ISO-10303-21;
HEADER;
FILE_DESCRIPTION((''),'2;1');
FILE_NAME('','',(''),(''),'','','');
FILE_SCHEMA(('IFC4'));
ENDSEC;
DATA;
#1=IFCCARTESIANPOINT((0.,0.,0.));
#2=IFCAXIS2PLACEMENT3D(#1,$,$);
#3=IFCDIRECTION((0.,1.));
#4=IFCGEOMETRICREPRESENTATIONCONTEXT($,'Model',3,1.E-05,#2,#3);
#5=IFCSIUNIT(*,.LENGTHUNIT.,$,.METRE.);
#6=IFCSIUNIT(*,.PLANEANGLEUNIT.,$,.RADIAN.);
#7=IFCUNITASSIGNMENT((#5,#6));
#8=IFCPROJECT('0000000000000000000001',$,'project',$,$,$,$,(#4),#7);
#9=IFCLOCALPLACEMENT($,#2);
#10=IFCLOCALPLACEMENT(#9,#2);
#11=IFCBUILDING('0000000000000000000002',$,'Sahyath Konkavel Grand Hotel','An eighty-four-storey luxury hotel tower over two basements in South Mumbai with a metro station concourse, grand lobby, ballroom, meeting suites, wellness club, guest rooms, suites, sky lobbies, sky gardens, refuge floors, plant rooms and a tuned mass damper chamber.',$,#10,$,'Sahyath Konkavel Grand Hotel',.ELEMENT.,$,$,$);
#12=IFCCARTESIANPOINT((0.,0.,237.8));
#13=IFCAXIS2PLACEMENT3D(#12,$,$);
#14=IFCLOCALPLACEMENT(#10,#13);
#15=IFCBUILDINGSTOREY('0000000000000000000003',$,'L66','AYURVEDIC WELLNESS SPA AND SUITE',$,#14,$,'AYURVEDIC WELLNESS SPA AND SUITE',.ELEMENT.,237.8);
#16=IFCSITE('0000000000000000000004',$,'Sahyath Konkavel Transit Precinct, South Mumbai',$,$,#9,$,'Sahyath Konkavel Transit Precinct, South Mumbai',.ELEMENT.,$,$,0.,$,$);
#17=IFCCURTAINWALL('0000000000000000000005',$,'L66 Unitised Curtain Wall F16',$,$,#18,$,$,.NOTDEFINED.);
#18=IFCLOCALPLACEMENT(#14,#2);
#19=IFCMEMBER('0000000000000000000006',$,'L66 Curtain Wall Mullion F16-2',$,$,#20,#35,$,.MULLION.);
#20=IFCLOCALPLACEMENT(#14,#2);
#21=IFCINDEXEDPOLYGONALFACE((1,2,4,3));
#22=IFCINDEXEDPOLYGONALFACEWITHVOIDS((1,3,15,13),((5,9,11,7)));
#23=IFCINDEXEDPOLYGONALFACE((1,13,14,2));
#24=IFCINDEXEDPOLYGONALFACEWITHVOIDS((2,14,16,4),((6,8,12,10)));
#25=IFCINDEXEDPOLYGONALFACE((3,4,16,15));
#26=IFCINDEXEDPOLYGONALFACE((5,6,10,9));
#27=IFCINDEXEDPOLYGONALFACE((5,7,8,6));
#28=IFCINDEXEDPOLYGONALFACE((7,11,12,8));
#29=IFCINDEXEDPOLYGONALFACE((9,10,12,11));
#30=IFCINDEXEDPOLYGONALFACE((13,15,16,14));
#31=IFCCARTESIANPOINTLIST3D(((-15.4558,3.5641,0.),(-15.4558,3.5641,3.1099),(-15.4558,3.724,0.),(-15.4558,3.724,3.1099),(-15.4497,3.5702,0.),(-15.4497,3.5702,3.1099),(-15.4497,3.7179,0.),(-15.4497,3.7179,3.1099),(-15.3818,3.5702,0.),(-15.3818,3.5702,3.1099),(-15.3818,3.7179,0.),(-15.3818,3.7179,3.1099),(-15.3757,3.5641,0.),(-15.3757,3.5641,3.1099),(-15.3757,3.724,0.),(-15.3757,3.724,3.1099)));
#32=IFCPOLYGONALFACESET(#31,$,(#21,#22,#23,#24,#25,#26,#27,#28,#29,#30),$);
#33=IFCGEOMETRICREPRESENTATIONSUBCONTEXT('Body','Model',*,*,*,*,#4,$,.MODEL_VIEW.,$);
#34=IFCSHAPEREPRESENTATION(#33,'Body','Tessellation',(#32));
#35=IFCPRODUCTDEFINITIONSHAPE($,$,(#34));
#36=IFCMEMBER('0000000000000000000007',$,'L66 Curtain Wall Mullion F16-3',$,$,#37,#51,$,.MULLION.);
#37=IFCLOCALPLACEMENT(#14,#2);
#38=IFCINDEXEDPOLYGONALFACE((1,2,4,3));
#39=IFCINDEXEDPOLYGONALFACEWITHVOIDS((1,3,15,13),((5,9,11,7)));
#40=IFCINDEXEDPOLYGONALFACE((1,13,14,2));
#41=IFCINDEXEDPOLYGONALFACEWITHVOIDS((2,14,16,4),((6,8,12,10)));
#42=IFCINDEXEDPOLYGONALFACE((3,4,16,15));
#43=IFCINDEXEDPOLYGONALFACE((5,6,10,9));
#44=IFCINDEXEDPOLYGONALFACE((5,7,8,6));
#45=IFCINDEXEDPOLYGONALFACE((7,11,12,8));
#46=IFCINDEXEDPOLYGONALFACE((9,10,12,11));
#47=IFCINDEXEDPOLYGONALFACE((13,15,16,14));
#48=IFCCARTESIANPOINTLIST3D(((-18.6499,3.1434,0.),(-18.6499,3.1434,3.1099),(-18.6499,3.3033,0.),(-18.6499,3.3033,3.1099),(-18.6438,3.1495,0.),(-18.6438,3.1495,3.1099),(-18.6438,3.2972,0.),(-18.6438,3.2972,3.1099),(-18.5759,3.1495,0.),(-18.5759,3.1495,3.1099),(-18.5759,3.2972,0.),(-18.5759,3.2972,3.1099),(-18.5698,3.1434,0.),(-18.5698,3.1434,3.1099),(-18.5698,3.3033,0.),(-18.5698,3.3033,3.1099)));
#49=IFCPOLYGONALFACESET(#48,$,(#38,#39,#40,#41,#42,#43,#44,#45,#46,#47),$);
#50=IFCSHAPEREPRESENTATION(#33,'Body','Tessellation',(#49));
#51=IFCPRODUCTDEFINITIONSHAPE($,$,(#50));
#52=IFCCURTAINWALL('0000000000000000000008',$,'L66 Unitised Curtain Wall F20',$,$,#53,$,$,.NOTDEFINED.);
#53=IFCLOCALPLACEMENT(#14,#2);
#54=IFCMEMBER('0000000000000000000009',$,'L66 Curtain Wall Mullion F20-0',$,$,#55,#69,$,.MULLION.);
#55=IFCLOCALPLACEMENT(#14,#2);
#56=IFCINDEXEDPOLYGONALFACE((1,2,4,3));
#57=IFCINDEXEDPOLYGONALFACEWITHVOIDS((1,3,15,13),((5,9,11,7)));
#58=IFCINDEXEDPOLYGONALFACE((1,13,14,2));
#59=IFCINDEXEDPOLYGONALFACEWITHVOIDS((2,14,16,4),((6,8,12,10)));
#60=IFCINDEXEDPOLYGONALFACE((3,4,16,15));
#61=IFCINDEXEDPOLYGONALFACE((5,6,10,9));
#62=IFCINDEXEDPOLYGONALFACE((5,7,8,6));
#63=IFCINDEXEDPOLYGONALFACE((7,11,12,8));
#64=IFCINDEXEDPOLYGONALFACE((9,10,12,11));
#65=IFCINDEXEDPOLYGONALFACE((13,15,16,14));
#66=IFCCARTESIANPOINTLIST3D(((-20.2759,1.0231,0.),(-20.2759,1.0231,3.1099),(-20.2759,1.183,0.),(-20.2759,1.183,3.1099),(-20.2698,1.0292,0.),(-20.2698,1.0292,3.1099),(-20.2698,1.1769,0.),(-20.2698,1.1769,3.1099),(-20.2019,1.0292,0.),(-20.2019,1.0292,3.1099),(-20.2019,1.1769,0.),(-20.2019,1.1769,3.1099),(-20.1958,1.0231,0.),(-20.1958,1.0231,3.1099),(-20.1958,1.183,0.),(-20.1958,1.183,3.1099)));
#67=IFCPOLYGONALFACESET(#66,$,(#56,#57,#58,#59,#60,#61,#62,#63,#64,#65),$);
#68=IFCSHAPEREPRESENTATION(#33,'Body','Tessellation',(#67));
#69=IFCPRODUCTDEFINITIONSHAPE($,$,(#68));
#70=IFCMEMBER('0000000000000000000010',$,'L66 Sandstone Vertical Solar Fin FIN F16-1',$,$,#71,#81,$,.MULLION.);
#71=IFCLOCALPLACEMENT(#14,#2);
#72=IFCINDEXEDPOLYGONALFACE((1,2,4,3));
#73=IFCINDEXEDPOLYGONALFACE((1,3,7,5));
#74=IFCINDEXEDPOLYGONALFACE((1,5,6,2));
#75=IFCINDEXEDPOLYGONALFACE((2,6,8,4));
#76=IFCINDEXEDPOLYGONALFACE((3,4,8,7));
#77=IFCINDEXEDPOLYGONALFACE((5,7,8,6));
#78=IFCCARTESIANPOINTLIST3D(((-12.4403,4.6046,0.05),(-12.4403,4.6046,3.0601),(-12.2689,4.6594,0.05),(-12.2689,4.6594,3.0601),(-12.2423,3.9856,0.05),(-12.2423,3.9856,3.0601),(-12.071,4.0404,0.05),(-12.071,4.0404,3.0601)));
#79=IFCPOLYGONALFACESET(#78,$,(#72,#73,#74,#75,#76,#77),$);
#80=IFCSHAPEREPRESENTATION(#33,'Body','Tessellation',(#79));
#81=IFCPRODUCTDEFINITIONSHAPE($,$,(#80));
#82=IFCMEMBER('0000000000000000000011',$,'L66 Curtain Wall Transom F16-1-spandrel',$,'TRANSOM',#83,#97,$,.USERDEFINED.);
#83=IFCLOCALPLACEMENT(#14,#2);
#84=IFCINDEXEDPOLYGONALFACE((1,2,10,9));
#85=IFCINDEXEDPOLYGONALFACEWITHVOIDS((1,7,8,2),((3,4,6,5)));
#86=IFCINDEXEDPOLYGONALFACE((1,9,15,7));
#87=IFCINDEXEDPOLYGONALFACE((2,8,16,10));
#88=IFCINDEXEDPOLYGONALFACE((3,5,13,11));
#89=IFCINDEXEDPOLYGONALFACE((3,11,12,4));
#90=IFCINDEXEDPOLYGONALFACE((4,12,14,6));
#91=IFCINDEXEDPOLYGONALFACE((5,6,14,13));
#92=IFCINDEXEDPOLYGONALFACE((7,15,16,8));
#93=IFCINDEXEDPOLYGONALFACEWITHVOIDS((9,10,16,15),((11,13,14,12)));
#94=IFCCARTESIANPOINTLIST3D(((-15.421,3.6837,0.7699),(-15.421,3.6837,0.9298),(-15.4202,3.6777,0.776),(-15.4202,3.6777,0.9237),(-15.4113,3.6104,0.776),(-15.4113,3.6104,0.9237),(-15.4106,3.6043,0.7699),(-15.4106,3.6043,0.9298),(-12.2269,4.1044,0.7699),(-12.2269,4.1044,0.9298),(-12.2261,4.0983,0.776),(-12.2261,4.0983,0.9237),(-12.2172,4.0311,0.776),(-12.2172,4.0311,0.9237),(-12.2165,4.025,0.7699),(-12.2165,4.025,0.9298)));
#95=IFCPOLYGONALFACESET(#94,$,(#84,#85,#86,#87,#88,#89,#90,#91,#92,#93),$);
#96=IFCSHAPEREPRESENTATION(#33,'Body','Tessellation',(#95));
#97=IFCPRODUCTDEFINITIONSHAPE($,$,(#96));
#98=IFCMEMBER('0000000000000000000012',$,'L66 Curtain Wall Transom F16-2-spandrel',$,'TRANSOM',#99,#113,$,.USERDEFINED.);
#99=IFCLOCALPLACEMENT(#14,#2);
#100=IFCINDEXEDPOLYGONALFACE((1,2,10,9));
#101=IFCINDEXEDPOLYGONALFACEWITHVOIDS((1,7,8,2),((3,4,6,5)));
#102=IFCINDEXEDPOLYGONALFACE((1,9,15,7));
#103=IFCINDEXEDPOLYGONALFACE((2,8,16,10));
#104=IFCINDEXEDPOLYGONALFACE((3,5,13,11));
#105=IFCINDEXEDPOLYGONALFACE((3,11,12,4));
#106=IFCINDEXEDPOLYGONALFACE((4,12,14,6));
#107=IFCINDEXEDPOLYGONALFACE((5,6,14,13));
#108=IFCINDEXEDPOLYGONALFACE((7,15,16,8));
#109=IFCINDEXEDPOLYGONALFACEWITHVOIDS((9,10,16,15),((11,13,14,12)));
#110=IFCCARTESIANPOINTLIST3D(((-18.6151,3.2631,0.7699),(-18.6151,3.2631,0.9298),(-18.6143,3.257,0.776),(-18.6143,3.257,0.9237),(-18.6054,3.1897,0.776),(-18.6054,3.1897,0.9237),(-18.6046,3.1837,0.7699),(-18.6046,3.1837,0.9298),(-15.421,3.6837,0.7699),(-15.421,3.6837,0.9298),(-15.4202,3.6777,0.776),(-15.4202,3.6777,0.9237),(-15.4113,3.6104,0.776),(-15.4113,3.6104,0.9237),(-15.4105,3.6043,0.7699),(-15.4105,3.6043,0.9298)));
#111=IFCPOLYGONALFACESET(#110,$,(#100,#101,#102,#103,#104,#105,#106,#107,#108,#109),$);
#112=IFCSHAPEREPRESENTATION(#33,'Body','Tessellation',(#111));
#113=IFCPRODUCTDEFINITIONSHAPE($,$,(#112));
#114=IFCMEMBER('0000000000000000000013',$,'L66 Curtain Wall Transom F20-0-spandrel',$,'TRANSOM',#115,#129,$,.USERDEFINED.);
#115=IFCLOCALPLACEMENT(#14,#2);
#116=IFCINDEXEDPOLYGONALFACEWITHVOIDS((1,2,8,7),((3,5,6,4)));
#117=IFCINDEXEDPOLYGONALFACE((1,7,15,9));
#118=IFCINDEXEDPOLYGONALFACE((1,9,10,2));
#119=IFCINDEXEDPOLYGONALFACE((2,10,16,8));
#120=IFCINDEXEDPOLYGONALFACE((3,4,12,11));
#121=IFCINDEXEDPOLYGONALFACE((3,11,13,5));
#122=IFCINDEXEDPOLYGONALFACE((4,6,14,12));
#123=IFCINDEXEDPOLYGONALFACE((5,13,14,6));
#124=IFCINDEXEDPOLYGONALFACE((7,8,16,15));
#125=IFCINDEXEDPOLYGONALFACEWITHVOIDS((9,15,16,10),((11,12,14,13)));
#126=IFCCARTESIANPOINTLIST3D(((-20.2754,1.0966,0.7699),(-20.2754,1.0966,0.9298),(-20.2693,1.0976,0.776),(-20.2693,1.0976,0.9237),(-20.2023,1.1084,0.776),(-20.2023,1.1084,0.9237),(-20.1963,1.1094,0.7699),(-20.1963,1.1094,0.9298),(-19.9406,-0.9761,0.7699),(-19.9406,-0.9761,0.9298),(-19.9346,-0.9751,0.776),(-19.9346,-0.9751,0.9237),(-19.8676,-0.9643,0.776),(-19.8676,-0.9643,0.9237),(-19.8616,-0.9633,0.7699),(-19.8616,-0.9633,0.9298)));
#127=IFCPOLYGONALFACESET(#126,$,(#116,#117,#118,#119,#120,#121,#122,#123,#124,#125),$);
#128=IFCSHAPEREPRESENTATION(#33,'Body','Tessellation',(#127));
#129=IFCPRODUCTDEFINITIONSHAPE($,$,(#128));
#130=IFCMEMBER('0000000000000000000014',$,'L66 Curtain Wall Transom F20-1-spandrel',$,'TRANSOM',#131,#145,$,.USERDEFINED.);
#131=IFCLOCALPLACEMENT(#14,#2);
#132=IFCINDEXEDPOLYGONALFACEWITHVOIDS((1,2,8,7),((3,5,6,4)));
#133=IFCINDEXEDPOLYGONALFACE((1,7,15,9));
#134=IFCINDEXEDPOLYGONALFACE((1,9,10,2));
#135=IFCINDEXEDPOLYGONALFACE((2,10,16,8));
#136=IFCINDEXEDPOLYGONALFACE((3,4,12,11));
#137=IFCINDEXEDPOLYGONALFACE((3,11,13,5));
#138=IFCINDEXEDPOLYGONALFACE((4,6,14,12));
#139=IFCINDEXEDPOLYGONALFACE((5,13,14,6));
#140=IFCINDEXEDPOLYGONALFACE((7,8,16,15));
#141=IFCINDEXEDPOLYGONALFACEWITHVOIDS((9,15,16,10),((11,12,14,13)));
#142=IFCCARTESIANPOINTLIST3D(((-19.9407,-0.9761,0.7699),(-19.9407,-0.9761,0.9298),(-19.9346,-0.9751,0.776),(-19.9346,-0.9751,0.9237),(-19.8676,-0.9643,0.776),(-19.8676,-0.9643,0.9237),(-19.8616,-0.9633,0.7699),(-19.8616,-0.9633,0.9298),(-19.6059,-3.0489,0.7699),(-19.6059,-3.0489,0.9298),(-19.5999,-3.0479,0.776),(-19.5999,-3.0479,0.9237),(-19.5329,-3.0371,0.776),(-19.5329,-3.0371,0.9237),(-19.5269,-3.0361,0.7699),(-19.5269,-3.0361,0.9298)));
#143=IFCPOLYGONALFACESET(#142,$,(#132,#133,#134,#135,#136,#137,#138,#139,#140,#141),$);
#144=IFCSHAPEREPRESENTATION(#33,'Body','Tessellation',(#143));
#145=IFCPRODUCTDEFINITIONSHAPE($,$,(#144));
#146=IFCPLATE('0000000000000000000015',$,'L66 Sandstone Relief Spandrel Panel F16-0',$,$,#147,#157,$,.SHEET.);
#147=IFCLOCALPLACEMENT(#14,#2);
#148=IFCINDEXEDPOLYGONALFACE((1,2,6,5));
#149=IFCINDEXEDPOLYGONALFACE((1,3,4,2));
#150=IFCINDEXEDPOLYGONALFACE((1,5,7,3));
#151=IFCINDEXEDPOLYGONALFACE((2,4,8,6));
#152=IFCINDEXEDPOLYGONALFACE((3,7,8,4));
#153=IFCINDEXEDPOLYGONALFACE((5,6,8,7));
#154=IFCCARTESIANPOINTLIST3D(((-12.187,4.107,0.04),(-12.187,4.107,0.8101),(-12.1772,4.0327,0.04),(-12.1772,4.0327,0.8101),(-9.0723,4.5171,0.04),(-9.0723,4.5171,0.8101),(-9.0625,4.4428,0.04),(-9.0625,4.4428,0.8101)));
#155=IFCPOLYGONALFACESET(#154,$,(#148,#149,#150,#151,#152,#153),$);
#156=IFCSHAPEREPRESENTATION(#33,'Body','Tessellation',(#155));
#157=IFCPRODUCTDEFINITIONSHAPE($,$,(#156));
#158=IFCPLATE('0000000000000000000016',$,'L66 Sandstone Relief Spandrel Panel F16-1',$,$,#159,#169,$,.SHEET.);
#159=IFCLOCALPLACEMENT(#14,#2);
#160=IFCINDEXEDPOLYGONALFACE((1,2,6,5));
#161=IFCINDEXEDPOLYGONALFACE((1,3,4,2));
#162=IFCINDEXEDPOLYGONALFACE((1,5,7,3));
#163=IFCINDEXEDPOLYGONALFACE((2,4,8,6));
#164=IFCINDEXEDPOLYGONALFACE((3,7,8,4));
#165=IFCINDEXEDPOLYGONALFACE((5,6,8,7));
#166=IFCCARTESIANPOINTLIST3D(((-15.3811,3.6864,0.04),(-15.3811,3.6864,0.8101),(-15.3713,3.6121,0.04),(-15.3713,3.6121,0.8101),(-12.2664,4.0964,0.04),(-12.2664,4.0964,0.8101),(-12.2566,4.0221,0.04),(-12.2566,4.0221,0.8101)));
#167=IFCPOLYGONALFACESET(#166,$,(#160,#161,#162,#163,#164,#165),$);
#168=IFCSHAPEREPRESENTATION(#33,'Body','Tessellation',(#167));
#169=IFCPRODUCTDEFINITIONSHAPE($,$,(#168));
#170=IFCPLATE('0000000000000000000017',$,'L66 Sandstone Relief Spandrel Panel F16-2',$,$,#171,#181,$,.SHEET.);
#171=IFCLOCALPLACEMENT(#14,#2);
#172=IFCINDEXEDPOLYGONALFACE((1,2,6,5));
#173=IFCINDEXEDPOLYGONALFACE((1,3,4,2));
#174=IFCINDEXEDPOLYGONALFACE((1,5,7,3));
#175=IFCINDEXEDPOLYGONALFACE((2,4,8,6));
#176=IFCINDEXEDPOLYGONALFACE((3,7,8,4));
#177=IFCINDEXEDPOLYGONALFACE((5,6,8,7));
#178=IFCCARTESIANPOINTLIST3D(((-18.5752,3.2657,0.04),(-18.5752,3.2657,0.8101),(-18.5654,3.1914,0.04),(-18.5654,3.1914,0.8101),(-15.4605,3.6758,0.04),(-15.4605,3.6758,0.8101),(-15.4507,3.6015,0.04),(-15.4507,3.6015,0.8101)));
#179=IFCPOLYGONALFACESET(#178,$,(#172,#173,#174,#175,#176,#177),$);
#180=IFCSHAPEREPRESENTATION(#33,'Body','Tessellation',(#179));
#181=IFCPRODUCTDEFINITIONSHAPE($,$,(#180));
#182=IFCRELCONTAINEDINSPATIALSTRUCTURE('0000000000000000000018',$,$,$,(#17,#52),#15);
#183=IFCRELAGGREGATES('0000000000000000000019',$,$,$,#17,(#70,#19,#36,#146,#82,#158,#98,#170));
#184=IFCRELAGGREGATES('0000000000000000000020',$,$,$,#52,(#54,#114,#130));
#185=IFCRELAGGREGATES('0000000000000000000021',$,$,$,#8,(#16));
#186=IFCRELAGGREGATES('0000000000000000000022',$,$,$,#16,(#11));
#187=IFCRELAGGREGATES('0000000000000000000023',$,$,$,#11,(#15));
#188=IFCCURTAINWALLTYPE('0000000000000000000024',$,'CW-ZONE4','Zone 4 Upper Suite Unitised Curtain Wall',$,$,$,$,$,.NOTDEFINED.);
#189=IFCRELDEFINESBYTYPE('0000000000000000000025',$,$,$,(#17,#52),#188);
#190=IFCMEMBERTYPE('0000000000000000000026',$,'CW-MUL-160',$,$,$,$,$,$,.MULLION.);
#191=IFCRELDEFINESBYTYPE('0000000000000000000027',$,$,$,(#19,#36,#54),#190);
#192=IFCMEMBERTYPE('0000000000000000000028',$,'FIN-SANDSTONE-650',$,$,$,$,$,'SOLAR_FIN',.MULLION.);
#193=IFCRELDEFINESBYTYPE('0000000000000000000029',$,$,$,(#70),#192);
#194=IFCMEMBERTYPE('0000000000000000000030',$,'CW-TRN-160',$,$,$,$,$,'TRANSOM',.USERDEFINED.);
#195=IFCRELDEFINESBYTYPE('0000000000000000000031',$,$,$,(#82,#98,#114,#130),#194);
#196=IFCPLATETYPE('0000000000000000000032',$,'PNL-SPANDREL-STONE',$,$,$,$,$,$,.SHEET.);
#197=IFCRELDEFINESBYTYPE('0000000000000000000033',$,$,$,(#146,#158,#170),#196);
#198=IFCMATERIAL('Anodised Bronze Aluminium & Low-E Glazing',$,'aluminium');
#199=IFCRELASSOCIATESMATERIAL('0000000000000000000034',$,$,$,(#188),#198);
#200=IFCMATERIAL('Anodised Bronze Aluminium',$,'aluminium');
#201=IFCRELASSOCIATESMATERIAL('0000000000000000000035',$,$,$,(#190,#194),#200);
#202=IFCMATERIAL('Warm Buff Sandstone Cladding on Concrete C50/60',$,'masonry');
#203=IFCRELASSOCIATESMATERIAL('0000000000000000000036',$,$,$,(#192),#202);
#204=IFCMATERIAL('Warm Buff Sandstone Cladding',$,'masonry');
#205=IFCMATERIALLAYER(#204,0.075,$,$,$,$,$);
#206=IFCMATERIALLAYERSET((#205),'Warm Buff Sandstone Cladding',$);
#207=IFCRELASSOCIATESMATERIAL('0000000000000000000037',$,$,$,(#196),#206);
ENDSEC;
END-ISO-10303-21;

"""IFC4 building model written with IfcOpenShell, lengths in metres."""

from ifc_helpers import new_model, si_unit, direction, frame, origin, origin_2d, place, context, subcontext, project, spatial, rectangle, hollow_rectangle, extrude, source, transform, mapped, material, layer, layer_set, material_profile, profile_set, type_object, element, aggregate, save


model = new_model("IFC4")

# Units and contexts
model_context = context("Model", 3, precision=1e-05, world=origin(), true_north=direction((0.0, 1.0)))
body_context = subcontext(model_context, "Body", "Model", "MODEL_VIEW")
ifc_project = project(units=[si_unit("LENGTHUNIT", "METRE"), si_unit("PLANEANGLEUNIT", "RADIAN")], contexts=[model_context])

# Site, building, storey
site_placement = place(None, origin())
site = spatial("IfcSite", under=ifc_project, at=site_placement, Name="Sahyath Konkavel Transit Precinct, South Mumbai", LongName="Sahyath Konkavel Transit Precinct, South Mumbai", CompositionType="ELEMENT", RefElevation=0.0)
building_placement = place(site_placement, origin())
building = spatial("IfcBuilding", under=site, at=building_placement, Name="Sahyath Konkavel Grand Hotel", Description="An eighty-four-storey luxury hotel tower over two basements in South Mumbai with a metro station concourse, grand lobby, ballroom, meeting suites, wellness club, guest rooms, suites, sky lobbies, sky gardens, refuge floors, plant rooms and a tuned mass damper chamber.", LongName="Sahyath Konkavel Grand Hotel", CompositionType="ELEMENT")
storey_placement = place(building_placement, frame((0.0, 0.0, 237.8)))
storey = spatial("IfcBuildingStorey", under=building, at=storey_placement, Name="L66", Description="AYURVEDIC WELLNESS SPA AND SUITE", LongName="AYURVEDIC WELLNESS SPA AND SUITE", CompositionType="ELEMENT", Elevation=237.8)

# Curtain wall, members
ifc_material_1 = material(Name="Anodised Bronze Aluminium & Low-E Glazing", Category="aluminium")
curtain_wall_type = type_object("IfcCurtainWallType", Name="CW-ZONE4", Description="Zone 4 Upper Suite Unitised Curtain Wall", PredefinedType="NOTDEFINED", material=ifc_material_1)
curtain_wall_1_placement = place(storey_placement, origin())
curtain_wall_1 = element("IfcCurtainWall", 1, at=curtain_wall_1_placement, inside=storey, type_object=curtain_wall_type, Name="L66 Unitised Curtain Wall F16", PredefinedType="NOTDEFINED")
ifc_material_2 = material(Name="Anodised Bronze Aluminium", Category="aluminium")
ifc_material_profile_1 = material_profile(ifc_material_2, hollow_rectangle(XDim=0.0801, YDim=0.1599, WallThickness=0.0061, at=origin_2d()), Name="RHS 160x80x6")
ifc_profile_set_1 = profile_set([ifc_material_profile_1], Name="Anodised Bronze Aluminium")
member_type_1 = type_object("IfcMemberType", Name="CW-MUL-160", PredefinedType="MULLION", material=ifc_profile_set_1)
shared_shape_1 = source(origin(), body_context, "Body", "SweptSolid", [
    extrude(hollow_rectangle(XDim=0.0801, YDim=0.1599, WallThickness=0.0061, at=origin_2d()), origin(), (0.0, 0.0, 1.0), 3.1099),
])
member_1_placement = place(storey_placement, frame((-15.4158, 3.644, 0.0), z_axis=(0.0, 0.0, 1.0), x_axis=(1.0, 0.0, 0.0)))
member_1 = element("IfcMember", 2, at=member_1_placement, type_object=member_type_1, Name="L66 Curtain Wall Mullion F16-2", PredefinedType="MULLION", context=body_context, shape_type="MappedRepresentation", body=[
    mapped(shared_shape_1, transform((0.0, 0.0, 0.0), scale=1.0)),
])
member_2_placement = place(storey_placement, frame((-18.6099, 3.2234, 0.0), z_axis=(0.0, 0.0, 1.0), x_axis=(1.0, 0.0, 0.0)))
member_2 = element("IfcMember", 3, at=member_2_placement, type_object=member_type_1, Name="L66 Curtain Wall Mullion F16-3", PredefinedType="MULLION", context=body_context, shape_type="MappedRepresentation", body=[
    mapped(shared_shape_1, transform((0.0, 0.0, 0.0), scale=1.0)),
])

# Curtain wall, member
curtain_wall_2_placement = place(storey_placement, origin())
curtain_wall_2 = element("IfcCurtainWall", 4, at=curtain_wall_2_placement, inside=storey, type_object=curtain_wall_type, Name="L66 Unitised Curtain Wall F20", PredefinedType="NOTDEFINED")
member_3_placement = place(storey_placement, frame((-20.2358, 1.103, 0.0), z_axis=(0.0, 0.0, 1.0), x_axis=(1.0, 0.0, 0.0)))
member_3 = element("IfcMember", 5, at=member_3_placement, type_object=member_type_1, Name="L66 Curtain Wall Mullion F20-0", PredefinedType="MULLION", context=body_context, shape_type="MappedRepresentation", body=[
    mapped(shared_shape_1, transform((0.0, 0.0, 0.0), scale=1.0)),
])

# Members
ifc_material_3 = material(Name="Warm Buff Sandstone Cladding on Concrete C50/60", Category="masonry")
ifc_material_profile_2 = material_profile(ifc_material_3, rectangle(XDim=0.1799, YDim=0.6499, at=origin_2d()), Name="FIN 180x650")
ifc_profile_set_2 = profile_set([ifc_material_profile_2], Name="Warm Buff Sandstone Cladding on Concrete C50/60")
member_type_2 = type_object("IfcMemberType", Name="FIN-SANDSTONE-650", ElementType="SOLAR_FIN", PredefinedType="MULLION", material=ifc_profile_set_2)
shared_shape_2 = source(origin(), body_context, "Body", "SweptSolid", [
    extrude(rectangle(XDim=0.1799, YDim=0.6499, at=origin_2d()), origin(), (0.0, 0.0, 1.0), 3.01),
])
member_4_placement = place(storey_placement, frame((-12.2556, 4.3225, 0.05), z_axis=(0.0, 0.0, 1.0), x_axis=(0.952502, 0.304532, 0.0)))
member_4 = element("IfcMember", 6, at=member_4_placement, type_object=member_type_2, Name="L66 Sandstone Vertical Solar Fin FIN F16-1", PredefinedType="MULLION", context=body_context, shape_type="MappedRepresentation", body=[
    mapped(shared_shape_2, transform((0.0, 0.0, 0.0), scale=1.0)),
])
ifc_material_profile_3 = material_profile(ifc_material_2, hollow_rectangle(XDim=0.0801, YDim=0.1599, WallThickness=0.0061, at=origin_2d()), Name="RHS 160x80x6")
ifc_profile_set_3 = profile_set([ifc_material_profile_3], Name="Anodised Bronze Aluminium")
member_type_3 = type_object("IfcMemberType", Name="CW-TRN-160", ElementType="TRANSOM", PredefinedType="USERDEFINED", material=ifc_profile_set_3)
shared_shape_3 = source(origin(), body_context, "Body", "SweptSolid", [
    extrude(hollow_rectangle(XDim=0.0801, YDim=0.1599, WallThickness=0.0061, at=origin_2d()), origin(), (0.0, 0.0, 1.0), 3.2217),
])
member_5_placement = place(storey_placement, frame((-12.2217, 4.0647, 0.8499), z_axis=(-0.991439, -0.13057, 0.0), x_axis=(0.13057, -0.991439, 0.0)))
member_5 = element("IfcMember", 7, at=member_5_placement, type_object=member_type_3, Name="L66 Curtain Wall Transom F16-1-spandrel", ObjectType="TRANSOM", PredefinedType="USERDEFINED", context=body_context, shape_type="MappedRepresentation", body=[
    mapped(shared_shape_3, transform((0.0, 0.0, 0.0), scale=1.0)),
])
member_6_placement = place(storey_placement, frame((-15.4158, 3.644, 0.8499), z_axis=(-0.991439, -0.13057, 0.0), x_axis=(0.13057, -0.991439, 0.0)))
member_6 = element("IfcMember", 8, at=member_6_placement, type_object=member_type_3, Name="L66 Curtain Wall Transom F16-2-spandrel", ObjectType="TRANSOM", PredefinedType="USERDEFINED", context=body_context, shape_type="MappedRepresentation", body=[
    mapped(shared_shape_3, transform((0.0, 0.0, 0.0), scale=1.0)),
])
shared_shape_4 = source(origin(), body_context, "Body", "SweptSolid", [
    extrude(hollow_rectangle(XDim=0.0801, YDim=0.1599, WallThickness=0.0061, at=origin_2d()), origin(), (0.0, 0.0, 1.0), 2.0996),
])
member_7_placement = place(storey_placement, frame((-20.2358, 1.103, 0.8499), z_axis=(0.159419, -0.987211, 0.0), x_axis=(0.987211, 0.159419, 0.0)))
member_7 = element("IfcMember", 9, at=member_7_placement, type_object=member_type_3, Name="L66 Curtain Wall Transom F20-0-spandrel", ObjectType="TRANSOM", PredefinedType="USERDEFINED", context=body_context, shape_type="MappedRepresentation", body=[
    mapped(shared_shape_4, transform((0.0, 0.0, 0.0), scale=1.0)),
])
member_8_placement = place(storey_placement, frame((-19.9011, -0.9697, 0.8499), z_axis=(0.159419, -0.987211, 0.0), x_axis=(0.987211, 0.159419, 0.0)))
member_8 = element("IfcMember", 10, at=member_8_placement, type_object=member_type_3, Name="L66 Curtain Wall Transom F20-1-spandrel", ObjectType="TRANSOM", PredefinedType="USERDEFINED", context=body_context, shape_type="MappedRepresentation", body=[
    mapped(shared_shape_4, transform((0.0, 0.0, 0.0), scale=1.0)),
])

# Plates
ifc_material_4 = material(Name="Warm Buff Sandstone Cladding", Category="masonry")
ifc_layer_1 = layer(ifc_material_4, 0.075)
ifc_layer_set_1 = layer_set([ifc_layer_1], Name="Warm Buff Sandstone Cladding")
plate_type_1 = type_object("IfcPlateType", Name="PNL-SPANDREL-STONE", PredefinedType="SHEET", material=ifc_layer_set_1)
shared_shape_5 = source(origin(), body_context, "Body", "SweptSolid", [
    extrude(rectangle(XDim=3.1416, YDim=0.075, at=origin_2d()), origin(), (0.0, 0.0, 1.0), 0.77),
])
plate_1_placement = place(storey_placement, frame((-10.6248, 4.2749, 0.04), z_axis=(0.0, 0.0, 1.0), x_axis=(-0.991445, -0.130526, 0.0)))
plate_1 = element("IfcPlate", 11, at=plate_1_placement, type_object=plate_type_1, Name="L66 Sandstone Relief Spandrel Panel F16-0", PredefinedType="SHEET", context=body_context, shape_type="MappedRepresentation", body=[
    mapped(shared_shape_5, transform((0.0, 0.0, 0.0), scale=1.0)),
])
plate_2_placement = place(storey_placement, frame((-13.8188, 3.8542, 0.04), z_axis=(0.0, 0.0, 1.0), x_axis=(-0.991445, -0.130526, 0.0)))
plate_2 = element("IfcPlate", 12, at=plate_2_placement, type_object=plate_type_1, Name="L66 Sandstone Relief Spandrel Panel F16-1", PredefinedType="SHEET", context=body_context, shape_type="MappedRepresentation", body=[
    mapped(shared_shape_5, transform((0.0, 0.0, 0.0), scale=1.0)),
])
plate_3_placement = place(storey_placement, frame((-17.0129, 3.4336, 0.04), z_axis=(0.0, 0.0, 1.0), x_axis=(-0.991445, -0.130526, 0.0)))
plate_3 = element("IfcPlate", 13, at=plate_3_placement, type_object=plate_type_1, Name="L66 Sandstone Relief Spandrel Panel F16-2", PredefinedType="SHEET", context=body_context, shape_type="MappedRepresentation", body=[
    mapped(shared_shape_5, transform((0.0, 0.0, 0.0), scale=1.0)),
])
aggregate(curtain_wall_1, [member_4, member_1, member_2, plate_1, member_5, plate_2, member_6, plate_3])
aggregate(curtain_wall_2, [member_3, member_7, member_8])

save(model, "model.ifc")
